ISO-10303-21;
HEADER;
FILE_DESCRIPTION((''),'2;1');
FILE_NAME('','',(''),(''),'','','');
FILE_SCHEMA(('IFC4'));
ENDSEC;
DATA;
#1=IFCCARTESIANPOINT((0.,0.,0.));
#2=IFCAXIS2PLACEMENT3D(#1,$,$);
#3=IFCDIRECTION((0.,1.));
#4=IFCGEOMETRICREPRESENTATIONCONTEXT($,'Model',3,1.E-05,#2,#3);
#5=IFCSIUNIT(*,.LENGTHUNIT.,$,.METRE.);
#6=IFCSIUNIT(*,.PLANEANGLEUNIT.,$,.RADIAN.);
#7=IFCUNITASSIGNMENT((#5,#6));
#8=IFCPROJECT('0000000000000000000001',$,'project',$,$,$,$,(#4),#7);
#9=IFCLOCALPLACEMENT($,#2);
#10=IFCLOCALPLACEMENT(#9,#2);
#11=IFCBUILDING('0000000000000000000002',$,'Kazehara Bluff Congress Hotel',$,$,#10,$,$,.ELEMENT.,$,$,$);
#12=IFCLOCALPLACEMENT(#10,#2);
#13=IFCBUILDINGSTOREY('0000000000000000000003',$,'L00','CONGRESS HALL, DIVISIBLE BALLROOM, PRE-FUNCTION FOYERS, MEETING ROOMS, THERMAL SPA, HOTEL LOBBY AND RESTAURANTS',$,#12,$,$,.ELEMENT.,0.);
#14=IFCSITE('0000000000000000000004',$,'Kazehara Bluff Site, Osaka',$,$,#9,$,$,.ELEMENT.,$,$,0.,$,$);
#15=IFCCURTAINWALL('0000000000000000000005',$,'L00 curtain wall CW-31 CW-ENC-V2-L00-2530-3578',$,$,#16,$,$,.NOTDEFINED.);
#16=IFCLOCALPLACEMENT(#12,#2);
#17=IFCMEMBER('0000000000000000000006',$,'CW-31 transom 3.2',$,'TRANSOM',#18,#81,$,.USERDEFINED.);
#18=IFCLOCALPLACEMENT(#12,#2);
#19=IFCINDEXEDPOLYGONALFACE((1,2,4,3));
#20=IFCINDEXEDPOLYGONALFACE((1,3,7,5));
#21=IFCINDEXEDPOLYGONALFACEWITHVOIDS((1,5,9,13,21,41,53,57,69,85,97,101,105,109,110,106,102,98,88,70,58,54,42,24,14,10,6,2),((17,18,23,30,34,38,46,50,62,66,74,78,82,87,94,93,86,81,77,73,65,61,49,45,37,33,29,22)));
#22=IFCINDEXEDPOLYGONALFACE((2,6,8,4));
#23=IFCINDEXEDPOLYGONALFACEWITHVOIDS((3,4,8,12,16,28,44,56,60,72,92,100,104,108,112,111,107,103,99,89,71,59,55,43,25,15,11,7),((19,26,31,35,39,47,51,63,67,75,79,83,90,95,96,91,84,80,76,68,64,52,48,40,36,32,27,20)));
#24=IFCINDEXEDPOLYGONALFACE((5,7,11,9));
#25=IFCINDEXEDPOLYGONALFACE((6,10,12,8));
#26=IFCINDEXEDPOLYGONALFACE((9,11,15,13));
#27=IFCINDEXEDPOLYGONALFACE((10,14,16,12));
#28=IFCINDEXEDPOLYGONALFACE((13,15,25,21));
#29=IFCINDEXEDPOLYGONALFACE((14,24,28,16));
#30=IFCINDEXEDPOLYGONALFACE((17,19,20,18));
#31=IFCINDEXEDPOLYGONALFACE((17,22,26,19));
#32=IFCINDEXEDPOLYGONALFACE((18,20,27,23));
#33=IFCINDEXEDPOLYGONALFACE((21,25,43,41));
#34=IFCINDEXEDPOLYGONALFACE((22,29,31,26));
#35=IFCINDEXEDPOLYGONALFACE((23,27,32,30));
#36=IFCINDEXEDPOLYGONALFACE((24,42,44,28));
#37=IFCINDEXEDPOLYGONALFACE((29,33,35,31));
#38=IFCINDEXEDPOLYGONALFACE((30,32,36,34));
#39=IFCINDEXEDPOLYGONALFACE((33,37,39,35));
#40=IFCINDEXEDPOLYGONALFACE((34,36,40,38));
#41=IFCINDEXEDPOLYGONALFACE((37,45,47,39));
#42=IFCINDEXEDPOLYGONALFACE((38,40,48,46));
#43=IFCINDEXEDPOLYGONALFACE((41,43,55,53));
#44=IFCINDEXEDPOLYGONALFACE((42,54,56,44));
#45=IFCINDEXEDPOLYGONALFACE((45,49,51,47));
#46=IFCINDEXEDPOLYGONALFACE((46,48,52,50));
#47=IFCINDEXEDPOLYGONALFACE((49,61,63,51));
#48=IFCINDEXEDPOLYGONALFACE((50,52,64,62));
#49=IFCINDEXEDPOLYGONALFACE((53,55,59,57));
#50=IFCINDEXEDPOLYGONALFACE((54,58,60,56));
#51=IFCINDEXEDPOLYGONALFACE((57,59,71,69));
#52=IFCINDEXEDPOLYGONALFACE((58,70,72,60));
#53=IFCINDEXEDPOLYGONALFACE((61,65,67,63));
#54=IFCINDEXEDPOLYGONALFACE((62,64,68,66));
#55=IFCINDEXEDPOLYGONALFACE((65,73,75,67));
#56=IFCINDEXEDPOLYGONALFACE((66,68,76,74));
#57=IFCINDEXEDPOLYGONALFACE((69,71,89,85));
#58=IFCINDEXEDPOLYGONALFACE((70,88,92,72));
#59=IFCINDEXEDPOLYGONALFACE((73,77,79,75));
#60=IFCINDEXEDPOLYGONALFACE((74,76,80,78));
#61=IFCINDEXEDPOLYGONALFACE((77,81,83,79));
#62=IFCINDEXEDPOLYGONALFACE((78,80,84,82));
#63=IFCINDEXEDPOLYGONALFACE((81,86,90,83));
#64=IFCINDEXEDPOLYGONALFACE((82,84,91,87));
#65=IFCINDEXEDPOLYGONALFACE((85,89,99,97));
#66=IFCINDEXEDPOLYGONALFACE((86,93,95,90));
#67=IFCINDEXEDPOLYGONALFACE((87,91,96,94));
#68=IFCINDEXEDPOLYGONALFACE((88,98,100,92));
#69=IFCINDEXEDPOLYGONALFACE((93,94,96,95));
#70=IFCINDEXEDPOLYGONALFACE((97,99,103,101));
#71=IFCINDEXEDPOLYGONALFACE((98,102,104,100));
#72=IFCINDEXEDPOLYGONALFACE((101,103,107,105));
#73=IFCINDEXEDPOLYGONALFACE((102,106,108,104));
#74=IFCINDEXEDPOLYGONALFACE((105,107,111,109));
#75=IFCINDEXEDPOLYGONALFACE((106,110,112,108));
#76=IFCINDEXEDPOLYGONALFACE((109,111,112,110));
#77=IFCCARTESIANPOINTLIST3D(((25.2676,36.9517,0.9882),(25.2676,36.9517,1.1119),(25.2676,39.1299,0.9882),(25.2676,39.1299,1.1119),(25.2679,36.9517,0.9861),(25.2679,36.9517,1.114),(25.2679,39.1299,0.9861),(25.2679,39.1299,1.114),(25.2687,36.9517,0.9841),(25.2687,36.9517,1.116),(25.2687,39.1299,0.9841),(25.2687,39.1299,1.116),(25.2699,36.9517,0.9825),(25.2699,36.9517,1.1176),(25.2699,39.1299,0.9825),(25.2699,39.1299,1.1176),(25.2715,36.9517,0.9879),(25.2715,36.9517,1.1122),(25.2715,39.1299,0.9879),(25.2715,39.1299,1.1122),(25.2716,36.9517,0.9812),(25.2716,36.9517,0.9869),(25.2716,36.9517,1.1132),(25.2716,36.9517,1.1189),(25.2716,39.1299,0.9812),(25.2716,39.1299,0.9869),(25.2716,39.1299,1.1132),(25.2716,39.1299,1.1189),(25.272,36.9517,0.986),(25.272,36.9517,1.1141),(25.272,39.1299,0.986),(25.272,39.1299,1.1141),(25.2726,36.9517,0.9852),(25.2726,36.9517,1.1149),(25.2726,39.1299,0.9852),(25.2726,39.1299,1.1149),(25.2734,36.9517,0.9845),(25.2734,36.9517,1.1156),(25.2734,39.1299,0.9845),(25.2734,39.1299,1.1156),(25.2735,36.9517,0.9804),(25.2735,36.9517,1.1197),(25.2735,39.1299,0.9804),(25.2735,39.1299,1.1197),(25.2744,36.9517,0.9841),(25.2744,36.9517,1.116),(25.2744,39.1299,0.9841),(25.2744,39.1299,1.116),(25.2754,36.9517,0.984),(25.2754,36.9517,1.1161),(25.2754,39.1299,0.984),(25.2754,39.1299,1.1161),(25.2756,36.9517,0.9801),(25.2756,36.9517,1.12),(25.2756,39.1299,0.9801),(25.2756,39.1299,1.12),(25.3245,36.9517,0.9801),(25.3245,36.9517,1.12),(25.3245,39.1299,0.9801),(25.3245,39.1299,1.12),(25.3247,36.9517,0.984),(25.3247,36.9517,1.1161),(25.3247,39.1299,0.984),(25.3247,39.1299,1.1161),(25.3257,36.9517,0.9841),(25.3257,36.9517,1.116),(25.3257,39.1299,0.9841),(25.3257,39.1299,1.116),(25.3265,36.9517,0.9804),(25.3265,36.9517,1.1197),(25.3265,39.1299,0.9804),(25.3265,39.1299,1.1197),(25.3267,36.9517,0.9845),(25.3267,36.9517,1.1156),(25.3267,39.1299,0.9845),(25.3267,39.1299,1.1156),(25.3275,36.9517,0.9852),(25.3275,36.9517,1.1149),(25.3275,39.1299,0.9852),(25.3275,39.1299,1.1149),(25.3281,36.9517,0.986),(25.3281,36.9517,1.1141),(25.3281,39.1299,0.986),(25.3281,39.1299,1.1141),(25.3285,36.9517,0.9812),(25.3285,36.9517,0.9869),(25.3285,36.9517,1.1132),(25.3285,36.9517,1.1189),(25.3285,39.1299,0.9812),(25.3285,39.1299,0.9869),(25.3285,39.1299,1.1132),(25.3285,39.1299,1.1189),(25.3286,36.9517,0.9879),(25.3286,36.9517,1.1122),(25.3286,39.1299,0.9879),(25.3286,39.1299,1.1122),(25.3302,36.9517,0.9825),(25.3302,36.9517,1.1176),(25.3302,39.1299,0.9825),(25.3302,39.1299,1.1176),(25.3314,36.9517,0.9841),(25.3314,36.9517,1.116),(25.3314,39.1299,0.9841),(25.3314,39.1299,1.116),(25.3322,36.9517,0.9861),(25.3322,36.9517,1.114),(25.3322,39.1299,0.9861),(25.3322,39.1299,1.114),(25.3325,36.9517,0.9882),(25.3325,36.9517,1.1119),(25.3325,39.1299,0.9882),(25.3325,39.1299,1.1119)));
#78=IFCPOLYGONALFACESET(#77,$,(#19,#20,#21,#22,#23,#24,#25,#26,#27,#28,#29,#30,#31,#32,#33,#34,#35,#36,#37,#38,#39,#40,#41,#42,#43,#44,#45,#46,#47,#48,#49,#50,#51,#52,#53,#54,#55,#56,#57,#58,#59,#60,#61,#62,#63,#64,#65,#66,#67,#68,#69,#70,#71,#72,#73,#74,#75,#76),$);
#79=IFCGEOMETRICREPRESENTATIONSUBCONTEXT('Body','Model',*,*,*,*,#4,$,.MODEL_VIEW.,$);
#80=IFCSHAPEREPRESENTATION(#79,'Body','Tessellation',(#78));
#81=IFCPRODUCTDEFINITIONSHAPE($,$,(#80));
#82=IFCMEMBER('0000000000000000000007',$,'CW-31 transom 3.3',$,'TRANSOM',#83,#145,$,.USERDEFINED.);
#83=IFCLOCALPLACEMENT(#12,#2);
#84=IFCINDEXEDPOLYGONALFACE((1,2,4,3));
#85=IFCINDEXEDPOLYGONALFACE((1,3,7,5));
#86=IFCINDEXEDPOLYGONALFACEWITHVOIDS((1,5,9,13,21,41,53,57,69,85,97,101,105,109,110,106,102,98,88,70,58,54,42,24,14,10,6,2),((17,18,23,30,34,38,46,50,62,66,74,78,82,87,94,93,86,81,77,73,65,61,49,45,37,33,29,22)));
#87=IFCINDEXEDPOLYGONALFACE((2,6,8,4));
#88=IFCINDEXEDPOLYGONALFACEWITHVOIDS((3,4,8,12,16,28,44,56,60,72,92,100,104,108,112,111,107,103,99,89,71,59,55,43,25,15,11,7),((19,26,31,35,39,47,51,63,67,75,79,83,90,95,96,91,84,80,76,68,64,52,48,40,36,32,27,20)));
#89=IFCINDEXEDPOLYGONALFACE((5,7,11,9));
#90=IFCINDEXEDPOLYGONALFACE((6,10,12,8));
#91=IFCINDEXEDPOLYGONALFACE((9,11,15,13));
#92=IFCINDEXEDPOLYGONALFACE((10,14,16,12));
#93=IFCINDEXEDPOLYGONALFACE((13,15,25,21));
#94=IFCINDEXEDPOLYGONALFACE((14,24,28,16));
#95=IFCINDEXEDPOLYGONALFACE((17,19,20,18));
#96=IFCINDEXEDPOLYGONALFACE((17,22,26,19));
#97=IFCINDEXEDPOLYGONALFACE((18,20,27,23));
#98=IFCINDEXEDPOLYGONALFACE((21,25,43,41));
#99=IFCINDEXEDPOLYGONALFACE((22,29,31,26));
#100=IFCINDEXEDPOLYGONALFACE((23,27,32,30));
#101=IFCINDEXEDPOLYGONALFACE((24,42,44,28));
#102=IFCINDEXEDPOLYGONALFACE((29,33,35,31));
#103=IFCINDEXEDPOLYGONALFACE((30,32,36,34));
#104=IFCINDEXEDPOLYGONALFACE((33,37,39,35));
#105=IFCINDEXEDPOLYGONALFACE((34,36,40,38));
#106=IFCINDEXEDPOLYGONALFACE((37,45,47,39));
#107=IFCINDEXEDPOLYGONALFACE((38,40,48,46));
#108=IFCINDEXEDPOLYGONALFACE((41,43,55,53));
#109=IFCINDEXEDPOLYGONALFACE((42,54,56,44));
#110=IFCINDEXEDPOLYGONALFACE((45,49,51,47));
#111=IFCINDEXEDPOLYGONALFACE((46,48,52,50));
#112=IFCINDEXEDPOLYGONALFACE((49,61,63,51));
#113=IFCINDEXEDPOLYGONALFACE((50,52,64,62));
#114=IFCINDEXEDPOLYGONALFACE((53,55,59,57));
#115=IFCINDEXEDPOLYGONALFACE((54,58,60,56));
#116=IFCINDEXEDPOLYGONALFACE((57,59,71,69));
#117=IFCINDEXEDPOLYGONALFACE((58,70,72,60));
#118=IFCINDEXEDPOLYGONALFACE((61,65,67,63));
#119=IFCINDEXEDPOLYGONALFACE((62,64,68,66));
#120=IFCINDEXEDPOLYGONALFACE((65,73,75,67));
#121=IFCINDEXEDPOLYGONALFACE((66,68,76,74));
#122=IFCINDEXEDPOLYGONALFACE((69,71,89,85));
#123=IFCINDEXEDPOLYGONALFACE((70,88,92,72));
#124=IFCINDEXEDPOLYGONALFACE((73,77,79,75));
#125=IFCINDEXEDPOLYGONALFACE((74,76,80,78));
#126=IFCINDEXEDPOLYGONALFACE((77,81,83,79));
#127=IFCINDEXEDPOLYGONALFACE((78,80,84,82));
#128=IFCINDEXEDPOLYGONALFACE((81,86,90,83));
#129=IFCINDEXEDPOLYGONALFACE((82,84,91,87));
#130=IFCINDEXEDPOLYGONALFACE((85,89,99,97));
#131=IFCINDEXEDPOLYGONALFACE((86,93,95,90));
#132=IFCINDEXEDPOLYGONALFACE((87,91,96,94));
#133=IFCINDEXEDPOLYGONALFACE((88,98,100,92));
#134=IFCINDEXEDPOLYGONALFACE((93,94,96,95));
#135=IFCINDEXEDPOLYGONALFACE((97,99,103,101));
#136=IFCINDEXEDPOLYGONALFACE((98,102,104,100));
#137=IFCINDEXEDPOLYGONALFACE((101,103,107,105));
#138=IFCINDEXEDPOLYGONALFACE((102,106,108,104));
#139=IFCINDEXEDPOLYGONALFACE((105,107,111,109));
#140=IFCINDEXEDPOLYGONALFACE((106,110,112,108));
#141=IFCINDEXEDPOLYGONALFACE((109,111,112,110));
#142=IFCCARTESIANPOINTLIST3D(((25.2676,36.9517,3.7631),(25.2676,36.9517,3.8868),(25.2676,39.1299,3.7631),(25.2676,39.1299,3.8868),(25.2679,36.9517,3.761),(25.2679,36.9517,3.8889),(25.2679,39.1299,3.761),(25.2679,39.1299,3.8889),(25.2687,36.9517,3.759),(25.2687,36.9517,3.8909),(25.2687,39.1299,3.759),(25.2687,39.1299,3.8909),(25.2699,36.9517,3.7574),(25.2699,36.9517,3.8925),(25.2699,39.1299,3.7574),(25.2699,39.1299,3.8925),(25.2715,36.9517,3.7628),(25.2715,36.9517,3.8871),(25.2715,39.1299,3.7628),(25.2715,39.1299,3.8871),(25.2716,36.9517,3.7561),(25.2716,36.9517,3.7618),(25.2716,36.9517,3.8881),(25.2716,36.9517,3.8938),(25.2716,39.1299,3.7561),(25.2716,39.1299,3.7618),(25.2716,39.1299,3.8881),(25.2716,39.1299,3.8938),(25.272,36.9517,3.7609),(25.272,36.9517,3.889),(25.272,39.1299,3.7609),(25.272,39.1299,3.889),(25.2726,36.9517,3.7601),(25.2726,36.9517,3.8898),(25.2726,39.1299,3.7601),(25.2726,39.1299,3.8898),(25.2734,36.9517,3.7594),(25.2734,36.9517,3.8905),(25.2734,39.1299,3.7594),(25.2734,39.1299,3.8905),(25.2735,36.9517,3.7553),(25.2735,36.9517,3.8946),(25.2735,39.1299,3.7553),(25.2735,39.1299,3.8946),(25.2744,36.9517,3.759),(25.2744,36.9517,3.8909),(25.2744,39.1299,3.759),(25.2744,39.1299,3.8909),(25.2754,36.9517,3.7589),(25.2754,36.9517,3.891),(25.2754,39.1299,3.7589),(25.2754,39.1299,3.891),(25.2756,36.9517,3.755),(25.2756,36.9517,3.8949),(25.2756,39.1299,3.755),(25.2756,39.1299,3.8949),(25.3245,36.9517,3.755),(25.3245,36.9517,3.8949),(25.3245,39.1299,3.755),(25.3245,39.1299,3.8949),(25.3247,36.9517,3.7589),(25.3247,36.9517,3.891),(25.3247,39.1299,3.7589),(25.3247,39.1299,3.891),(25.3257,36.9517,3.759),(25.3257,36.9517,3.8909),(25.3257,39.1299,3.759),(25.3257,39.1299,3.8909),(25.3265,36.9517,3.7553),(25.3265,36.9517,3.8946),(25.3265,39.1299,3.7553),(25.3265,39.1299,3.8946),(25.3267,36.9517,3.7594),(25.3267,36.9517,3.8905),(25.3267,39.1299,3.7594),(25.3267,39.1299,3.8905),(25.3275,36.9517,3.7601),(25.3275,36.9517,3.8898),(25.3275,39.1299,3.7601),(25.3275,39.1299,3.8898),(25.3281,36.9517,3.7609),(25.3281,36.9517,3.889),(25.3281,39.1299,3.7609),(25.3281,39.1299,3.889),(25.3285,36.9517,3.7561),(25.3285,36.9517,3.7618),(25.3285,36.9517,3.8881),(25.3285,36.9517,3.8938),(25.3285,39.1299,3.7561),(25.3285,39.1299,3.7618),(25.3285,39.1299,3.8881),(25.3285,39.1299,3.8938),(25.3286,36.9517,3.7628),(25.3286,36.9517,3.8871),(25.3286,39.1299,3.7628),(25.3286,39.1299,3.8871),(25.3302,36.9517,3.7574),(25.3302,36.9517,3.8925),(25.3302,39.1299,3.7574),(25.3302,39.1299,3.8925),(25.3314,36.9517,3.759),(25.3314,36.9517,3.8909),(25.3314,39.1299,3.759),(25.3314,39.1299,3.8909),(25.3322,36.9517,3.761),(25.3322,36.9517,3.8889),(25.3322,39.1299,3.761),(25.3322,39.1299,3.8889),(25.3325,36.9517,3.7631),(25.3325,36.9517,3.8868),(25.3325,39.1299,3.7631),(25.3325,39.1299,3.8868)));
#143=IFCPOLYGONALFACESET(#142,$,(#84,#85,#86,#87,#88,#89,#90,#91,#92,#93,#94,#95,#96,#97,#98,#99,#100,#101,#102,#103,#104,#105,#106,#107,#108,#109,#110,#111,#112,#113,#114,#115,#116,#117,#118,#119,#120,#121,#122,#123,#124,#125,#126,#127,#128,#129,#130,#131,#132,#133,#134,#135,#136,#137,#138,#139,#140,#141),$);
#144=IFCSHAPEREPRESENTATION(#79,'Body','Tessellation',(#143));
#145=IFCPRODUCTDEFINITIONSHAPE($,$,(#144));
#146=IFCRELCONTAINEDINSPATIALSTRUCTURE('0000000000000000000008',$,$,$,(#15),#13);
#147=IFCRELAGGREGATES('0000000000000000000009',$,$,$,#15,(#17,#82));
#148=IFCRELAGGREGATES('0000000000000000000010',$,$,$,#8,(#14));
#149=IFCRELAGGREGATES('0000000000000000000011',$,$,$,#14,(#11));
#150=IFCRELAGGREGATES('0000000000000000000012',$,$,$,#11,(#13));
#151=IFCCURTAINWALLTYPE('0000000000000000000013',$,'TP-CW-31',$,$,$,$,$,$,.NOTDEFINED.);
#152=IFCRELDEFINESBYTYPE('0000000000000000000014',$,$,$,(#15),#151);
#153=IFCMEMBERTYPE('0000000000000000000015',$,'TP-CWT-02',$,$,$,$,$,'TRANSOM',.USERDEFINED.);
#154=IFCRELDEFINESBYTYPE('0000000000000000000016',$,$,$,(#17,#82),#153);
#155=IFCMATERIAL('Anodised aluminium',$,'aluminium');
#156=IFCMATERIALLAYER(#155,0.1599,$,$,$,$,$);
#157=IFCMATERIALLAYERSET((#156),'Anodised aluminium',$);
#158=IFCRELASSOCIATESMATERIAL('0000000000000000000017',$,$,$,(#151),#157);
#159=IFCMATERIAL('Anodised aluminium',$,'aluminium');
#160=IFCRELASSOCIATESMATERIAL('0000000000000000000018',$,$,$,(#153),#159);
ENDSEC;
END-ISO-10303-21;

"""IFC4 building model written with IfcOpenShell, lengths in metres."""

from ifc_helpers import new_model, si_unit, direction, frame, origin, origin_2d, place, context, subcontext, project, spatial, hollow_rectangle, extrude, material, layer, layer_set, material_profile, profile_set, type_object, element, aggregate, save


model = new_model("IFC4")

# Units and contexts
model_context = context("Model", 3, precision=1e-05, world=origin(), true_north=direction((0.0, 1.0)))
body_context = subcontext(model_context, "Body", "Model", "MODEL_VIEW")
ifc_project = project(units=[si_unit("LENGTHUNIT", "METRE"), si_unit("PLANEANGLEUNIT", "RADIAN")], contexts=[model_context])

# Site, building, storey
site_placement = place(None, origin())
site = spatial("IfcSite", under=ifc_project, at=site_placement, Name="Kazehara Bluff Site, Osaka", CompositionType="ELEMENT", RefElevation=0.0)
building_placement = place(site_placement, origin())
building = spatial("IfcBuilding", under=site, at=building_placement, Name="Kazehara Bluff Congress Hotel", CompositionType="ELEMENT")
storey_placement = place(building_placement, origin())
storey = spatial("IfcBuildingStorey", under=building, at=storey_placement, Name="L00", Description="CONGRESS HALL, DIVISIBLE BALLROOM, PRE-FUNCTION FOYERS, MEETING ROOMS, THERMAL SPA, HOTEL LOBBY AND RESTAURANTS", CompositionType="ELEMENT", Elevation=0.0)

# Curtain wall, members
ifc_material_1 = material(Name="Anodised aluminium", Category="aluminium")
ifc_layer_1 = layer(ifc_material_1, 0.1599)
ifc_layer_set_1 = layer_set([ifc_layer_1], Name="Anodised aluminium")
curtain_wall_type = type_object("IfcCurtainWallType", Name="TP-CW-31", PredefinedType="NOTDEFINED", material=ifc_layer_set_1)
curtain_wall_placement = place(storey_placement, origin())
curtain_wall = element("IfcCurtainWall", 1, at=curtain_wall_placement, inside=storey, type_object=curtain_wall_type, Name="L00 curtain wall CW-31 CW-ENC-V2-L00-2530-3578", PredefinedType="NOTDEFINED")
ifc_material_2 = material(Name="Anodised aluminium", Category="aluminium")
ifc_material_profile_1 = material_profile(ifc_material_2, hollow_rectangle(XDim=0.0649, YDim=0.1399, WallThickness=0.0039, InnerFilletRadius=0.0039, OuterFilletRadius=0.0081, at=origin_2d()))
ifc_profile_set_1 = profile_set([ifc_material_profile_1], Name="Anodised aluminium")
member_type_1 = type_object("IfcMemberType", Name="TP-CWT-02", ElementType="TRANSOM", PredefinedType="USERDEFINED", material=ifc_profile_set_1)
member_1_placement = place(storey_placement, frame((25.3, 36.9517, 1.05), z_axis=(0.0, 1.0, 0.0), x_axis=(-1.0, 0.0, 0.0)))
member_1 = element("IfcMember", 2, at=member_1_placement, type_object=member_type_1, Name="CW-31 transom 3.2", ObjectType="TRANSOM", PredefinedType="USERDEFINED", context=body_context, shape_type="SweptSolid", body=[
    extrude(hollow_rectangle(XDim=0.0649, YDim=0.1399, WallThickness=0.0039, InnerFilletRadius=0.0039, OuterFilletRadius=0.0081, at=origin_2d()), origin(), (0.0, 0.0, 1.0), 2.1782),
])
member_2_placement = place(storey_placement, frame((25.3, 36.9517, 3.825), z_axis=(0.0, 1.0, 0.0), x_axis=(-1.0, 0.0, 0.0)))
member_2 = element("IfcMember", 3, at=member_2_placement, type_object=member_type_1, Name="CW-31 transom 3.3", ObjectType="TRANSOM", PredefinedType="USERDEFINED", context=body_context, shape_type="SweptSolid", body=[
    extrude(hollow_rectangle(XDim=0.0649, YDim=0.1399, WallThickness=0.0039, InnerFilletRadius=0.0039, OuterFilletRadius=0.0081, at=origin_2d()), origin(), (0.0, 0.0, 1.0), 2.1782),
])

aggregate(curtain_wall, [member_1, member_2])

save(model, "model.ifc")
